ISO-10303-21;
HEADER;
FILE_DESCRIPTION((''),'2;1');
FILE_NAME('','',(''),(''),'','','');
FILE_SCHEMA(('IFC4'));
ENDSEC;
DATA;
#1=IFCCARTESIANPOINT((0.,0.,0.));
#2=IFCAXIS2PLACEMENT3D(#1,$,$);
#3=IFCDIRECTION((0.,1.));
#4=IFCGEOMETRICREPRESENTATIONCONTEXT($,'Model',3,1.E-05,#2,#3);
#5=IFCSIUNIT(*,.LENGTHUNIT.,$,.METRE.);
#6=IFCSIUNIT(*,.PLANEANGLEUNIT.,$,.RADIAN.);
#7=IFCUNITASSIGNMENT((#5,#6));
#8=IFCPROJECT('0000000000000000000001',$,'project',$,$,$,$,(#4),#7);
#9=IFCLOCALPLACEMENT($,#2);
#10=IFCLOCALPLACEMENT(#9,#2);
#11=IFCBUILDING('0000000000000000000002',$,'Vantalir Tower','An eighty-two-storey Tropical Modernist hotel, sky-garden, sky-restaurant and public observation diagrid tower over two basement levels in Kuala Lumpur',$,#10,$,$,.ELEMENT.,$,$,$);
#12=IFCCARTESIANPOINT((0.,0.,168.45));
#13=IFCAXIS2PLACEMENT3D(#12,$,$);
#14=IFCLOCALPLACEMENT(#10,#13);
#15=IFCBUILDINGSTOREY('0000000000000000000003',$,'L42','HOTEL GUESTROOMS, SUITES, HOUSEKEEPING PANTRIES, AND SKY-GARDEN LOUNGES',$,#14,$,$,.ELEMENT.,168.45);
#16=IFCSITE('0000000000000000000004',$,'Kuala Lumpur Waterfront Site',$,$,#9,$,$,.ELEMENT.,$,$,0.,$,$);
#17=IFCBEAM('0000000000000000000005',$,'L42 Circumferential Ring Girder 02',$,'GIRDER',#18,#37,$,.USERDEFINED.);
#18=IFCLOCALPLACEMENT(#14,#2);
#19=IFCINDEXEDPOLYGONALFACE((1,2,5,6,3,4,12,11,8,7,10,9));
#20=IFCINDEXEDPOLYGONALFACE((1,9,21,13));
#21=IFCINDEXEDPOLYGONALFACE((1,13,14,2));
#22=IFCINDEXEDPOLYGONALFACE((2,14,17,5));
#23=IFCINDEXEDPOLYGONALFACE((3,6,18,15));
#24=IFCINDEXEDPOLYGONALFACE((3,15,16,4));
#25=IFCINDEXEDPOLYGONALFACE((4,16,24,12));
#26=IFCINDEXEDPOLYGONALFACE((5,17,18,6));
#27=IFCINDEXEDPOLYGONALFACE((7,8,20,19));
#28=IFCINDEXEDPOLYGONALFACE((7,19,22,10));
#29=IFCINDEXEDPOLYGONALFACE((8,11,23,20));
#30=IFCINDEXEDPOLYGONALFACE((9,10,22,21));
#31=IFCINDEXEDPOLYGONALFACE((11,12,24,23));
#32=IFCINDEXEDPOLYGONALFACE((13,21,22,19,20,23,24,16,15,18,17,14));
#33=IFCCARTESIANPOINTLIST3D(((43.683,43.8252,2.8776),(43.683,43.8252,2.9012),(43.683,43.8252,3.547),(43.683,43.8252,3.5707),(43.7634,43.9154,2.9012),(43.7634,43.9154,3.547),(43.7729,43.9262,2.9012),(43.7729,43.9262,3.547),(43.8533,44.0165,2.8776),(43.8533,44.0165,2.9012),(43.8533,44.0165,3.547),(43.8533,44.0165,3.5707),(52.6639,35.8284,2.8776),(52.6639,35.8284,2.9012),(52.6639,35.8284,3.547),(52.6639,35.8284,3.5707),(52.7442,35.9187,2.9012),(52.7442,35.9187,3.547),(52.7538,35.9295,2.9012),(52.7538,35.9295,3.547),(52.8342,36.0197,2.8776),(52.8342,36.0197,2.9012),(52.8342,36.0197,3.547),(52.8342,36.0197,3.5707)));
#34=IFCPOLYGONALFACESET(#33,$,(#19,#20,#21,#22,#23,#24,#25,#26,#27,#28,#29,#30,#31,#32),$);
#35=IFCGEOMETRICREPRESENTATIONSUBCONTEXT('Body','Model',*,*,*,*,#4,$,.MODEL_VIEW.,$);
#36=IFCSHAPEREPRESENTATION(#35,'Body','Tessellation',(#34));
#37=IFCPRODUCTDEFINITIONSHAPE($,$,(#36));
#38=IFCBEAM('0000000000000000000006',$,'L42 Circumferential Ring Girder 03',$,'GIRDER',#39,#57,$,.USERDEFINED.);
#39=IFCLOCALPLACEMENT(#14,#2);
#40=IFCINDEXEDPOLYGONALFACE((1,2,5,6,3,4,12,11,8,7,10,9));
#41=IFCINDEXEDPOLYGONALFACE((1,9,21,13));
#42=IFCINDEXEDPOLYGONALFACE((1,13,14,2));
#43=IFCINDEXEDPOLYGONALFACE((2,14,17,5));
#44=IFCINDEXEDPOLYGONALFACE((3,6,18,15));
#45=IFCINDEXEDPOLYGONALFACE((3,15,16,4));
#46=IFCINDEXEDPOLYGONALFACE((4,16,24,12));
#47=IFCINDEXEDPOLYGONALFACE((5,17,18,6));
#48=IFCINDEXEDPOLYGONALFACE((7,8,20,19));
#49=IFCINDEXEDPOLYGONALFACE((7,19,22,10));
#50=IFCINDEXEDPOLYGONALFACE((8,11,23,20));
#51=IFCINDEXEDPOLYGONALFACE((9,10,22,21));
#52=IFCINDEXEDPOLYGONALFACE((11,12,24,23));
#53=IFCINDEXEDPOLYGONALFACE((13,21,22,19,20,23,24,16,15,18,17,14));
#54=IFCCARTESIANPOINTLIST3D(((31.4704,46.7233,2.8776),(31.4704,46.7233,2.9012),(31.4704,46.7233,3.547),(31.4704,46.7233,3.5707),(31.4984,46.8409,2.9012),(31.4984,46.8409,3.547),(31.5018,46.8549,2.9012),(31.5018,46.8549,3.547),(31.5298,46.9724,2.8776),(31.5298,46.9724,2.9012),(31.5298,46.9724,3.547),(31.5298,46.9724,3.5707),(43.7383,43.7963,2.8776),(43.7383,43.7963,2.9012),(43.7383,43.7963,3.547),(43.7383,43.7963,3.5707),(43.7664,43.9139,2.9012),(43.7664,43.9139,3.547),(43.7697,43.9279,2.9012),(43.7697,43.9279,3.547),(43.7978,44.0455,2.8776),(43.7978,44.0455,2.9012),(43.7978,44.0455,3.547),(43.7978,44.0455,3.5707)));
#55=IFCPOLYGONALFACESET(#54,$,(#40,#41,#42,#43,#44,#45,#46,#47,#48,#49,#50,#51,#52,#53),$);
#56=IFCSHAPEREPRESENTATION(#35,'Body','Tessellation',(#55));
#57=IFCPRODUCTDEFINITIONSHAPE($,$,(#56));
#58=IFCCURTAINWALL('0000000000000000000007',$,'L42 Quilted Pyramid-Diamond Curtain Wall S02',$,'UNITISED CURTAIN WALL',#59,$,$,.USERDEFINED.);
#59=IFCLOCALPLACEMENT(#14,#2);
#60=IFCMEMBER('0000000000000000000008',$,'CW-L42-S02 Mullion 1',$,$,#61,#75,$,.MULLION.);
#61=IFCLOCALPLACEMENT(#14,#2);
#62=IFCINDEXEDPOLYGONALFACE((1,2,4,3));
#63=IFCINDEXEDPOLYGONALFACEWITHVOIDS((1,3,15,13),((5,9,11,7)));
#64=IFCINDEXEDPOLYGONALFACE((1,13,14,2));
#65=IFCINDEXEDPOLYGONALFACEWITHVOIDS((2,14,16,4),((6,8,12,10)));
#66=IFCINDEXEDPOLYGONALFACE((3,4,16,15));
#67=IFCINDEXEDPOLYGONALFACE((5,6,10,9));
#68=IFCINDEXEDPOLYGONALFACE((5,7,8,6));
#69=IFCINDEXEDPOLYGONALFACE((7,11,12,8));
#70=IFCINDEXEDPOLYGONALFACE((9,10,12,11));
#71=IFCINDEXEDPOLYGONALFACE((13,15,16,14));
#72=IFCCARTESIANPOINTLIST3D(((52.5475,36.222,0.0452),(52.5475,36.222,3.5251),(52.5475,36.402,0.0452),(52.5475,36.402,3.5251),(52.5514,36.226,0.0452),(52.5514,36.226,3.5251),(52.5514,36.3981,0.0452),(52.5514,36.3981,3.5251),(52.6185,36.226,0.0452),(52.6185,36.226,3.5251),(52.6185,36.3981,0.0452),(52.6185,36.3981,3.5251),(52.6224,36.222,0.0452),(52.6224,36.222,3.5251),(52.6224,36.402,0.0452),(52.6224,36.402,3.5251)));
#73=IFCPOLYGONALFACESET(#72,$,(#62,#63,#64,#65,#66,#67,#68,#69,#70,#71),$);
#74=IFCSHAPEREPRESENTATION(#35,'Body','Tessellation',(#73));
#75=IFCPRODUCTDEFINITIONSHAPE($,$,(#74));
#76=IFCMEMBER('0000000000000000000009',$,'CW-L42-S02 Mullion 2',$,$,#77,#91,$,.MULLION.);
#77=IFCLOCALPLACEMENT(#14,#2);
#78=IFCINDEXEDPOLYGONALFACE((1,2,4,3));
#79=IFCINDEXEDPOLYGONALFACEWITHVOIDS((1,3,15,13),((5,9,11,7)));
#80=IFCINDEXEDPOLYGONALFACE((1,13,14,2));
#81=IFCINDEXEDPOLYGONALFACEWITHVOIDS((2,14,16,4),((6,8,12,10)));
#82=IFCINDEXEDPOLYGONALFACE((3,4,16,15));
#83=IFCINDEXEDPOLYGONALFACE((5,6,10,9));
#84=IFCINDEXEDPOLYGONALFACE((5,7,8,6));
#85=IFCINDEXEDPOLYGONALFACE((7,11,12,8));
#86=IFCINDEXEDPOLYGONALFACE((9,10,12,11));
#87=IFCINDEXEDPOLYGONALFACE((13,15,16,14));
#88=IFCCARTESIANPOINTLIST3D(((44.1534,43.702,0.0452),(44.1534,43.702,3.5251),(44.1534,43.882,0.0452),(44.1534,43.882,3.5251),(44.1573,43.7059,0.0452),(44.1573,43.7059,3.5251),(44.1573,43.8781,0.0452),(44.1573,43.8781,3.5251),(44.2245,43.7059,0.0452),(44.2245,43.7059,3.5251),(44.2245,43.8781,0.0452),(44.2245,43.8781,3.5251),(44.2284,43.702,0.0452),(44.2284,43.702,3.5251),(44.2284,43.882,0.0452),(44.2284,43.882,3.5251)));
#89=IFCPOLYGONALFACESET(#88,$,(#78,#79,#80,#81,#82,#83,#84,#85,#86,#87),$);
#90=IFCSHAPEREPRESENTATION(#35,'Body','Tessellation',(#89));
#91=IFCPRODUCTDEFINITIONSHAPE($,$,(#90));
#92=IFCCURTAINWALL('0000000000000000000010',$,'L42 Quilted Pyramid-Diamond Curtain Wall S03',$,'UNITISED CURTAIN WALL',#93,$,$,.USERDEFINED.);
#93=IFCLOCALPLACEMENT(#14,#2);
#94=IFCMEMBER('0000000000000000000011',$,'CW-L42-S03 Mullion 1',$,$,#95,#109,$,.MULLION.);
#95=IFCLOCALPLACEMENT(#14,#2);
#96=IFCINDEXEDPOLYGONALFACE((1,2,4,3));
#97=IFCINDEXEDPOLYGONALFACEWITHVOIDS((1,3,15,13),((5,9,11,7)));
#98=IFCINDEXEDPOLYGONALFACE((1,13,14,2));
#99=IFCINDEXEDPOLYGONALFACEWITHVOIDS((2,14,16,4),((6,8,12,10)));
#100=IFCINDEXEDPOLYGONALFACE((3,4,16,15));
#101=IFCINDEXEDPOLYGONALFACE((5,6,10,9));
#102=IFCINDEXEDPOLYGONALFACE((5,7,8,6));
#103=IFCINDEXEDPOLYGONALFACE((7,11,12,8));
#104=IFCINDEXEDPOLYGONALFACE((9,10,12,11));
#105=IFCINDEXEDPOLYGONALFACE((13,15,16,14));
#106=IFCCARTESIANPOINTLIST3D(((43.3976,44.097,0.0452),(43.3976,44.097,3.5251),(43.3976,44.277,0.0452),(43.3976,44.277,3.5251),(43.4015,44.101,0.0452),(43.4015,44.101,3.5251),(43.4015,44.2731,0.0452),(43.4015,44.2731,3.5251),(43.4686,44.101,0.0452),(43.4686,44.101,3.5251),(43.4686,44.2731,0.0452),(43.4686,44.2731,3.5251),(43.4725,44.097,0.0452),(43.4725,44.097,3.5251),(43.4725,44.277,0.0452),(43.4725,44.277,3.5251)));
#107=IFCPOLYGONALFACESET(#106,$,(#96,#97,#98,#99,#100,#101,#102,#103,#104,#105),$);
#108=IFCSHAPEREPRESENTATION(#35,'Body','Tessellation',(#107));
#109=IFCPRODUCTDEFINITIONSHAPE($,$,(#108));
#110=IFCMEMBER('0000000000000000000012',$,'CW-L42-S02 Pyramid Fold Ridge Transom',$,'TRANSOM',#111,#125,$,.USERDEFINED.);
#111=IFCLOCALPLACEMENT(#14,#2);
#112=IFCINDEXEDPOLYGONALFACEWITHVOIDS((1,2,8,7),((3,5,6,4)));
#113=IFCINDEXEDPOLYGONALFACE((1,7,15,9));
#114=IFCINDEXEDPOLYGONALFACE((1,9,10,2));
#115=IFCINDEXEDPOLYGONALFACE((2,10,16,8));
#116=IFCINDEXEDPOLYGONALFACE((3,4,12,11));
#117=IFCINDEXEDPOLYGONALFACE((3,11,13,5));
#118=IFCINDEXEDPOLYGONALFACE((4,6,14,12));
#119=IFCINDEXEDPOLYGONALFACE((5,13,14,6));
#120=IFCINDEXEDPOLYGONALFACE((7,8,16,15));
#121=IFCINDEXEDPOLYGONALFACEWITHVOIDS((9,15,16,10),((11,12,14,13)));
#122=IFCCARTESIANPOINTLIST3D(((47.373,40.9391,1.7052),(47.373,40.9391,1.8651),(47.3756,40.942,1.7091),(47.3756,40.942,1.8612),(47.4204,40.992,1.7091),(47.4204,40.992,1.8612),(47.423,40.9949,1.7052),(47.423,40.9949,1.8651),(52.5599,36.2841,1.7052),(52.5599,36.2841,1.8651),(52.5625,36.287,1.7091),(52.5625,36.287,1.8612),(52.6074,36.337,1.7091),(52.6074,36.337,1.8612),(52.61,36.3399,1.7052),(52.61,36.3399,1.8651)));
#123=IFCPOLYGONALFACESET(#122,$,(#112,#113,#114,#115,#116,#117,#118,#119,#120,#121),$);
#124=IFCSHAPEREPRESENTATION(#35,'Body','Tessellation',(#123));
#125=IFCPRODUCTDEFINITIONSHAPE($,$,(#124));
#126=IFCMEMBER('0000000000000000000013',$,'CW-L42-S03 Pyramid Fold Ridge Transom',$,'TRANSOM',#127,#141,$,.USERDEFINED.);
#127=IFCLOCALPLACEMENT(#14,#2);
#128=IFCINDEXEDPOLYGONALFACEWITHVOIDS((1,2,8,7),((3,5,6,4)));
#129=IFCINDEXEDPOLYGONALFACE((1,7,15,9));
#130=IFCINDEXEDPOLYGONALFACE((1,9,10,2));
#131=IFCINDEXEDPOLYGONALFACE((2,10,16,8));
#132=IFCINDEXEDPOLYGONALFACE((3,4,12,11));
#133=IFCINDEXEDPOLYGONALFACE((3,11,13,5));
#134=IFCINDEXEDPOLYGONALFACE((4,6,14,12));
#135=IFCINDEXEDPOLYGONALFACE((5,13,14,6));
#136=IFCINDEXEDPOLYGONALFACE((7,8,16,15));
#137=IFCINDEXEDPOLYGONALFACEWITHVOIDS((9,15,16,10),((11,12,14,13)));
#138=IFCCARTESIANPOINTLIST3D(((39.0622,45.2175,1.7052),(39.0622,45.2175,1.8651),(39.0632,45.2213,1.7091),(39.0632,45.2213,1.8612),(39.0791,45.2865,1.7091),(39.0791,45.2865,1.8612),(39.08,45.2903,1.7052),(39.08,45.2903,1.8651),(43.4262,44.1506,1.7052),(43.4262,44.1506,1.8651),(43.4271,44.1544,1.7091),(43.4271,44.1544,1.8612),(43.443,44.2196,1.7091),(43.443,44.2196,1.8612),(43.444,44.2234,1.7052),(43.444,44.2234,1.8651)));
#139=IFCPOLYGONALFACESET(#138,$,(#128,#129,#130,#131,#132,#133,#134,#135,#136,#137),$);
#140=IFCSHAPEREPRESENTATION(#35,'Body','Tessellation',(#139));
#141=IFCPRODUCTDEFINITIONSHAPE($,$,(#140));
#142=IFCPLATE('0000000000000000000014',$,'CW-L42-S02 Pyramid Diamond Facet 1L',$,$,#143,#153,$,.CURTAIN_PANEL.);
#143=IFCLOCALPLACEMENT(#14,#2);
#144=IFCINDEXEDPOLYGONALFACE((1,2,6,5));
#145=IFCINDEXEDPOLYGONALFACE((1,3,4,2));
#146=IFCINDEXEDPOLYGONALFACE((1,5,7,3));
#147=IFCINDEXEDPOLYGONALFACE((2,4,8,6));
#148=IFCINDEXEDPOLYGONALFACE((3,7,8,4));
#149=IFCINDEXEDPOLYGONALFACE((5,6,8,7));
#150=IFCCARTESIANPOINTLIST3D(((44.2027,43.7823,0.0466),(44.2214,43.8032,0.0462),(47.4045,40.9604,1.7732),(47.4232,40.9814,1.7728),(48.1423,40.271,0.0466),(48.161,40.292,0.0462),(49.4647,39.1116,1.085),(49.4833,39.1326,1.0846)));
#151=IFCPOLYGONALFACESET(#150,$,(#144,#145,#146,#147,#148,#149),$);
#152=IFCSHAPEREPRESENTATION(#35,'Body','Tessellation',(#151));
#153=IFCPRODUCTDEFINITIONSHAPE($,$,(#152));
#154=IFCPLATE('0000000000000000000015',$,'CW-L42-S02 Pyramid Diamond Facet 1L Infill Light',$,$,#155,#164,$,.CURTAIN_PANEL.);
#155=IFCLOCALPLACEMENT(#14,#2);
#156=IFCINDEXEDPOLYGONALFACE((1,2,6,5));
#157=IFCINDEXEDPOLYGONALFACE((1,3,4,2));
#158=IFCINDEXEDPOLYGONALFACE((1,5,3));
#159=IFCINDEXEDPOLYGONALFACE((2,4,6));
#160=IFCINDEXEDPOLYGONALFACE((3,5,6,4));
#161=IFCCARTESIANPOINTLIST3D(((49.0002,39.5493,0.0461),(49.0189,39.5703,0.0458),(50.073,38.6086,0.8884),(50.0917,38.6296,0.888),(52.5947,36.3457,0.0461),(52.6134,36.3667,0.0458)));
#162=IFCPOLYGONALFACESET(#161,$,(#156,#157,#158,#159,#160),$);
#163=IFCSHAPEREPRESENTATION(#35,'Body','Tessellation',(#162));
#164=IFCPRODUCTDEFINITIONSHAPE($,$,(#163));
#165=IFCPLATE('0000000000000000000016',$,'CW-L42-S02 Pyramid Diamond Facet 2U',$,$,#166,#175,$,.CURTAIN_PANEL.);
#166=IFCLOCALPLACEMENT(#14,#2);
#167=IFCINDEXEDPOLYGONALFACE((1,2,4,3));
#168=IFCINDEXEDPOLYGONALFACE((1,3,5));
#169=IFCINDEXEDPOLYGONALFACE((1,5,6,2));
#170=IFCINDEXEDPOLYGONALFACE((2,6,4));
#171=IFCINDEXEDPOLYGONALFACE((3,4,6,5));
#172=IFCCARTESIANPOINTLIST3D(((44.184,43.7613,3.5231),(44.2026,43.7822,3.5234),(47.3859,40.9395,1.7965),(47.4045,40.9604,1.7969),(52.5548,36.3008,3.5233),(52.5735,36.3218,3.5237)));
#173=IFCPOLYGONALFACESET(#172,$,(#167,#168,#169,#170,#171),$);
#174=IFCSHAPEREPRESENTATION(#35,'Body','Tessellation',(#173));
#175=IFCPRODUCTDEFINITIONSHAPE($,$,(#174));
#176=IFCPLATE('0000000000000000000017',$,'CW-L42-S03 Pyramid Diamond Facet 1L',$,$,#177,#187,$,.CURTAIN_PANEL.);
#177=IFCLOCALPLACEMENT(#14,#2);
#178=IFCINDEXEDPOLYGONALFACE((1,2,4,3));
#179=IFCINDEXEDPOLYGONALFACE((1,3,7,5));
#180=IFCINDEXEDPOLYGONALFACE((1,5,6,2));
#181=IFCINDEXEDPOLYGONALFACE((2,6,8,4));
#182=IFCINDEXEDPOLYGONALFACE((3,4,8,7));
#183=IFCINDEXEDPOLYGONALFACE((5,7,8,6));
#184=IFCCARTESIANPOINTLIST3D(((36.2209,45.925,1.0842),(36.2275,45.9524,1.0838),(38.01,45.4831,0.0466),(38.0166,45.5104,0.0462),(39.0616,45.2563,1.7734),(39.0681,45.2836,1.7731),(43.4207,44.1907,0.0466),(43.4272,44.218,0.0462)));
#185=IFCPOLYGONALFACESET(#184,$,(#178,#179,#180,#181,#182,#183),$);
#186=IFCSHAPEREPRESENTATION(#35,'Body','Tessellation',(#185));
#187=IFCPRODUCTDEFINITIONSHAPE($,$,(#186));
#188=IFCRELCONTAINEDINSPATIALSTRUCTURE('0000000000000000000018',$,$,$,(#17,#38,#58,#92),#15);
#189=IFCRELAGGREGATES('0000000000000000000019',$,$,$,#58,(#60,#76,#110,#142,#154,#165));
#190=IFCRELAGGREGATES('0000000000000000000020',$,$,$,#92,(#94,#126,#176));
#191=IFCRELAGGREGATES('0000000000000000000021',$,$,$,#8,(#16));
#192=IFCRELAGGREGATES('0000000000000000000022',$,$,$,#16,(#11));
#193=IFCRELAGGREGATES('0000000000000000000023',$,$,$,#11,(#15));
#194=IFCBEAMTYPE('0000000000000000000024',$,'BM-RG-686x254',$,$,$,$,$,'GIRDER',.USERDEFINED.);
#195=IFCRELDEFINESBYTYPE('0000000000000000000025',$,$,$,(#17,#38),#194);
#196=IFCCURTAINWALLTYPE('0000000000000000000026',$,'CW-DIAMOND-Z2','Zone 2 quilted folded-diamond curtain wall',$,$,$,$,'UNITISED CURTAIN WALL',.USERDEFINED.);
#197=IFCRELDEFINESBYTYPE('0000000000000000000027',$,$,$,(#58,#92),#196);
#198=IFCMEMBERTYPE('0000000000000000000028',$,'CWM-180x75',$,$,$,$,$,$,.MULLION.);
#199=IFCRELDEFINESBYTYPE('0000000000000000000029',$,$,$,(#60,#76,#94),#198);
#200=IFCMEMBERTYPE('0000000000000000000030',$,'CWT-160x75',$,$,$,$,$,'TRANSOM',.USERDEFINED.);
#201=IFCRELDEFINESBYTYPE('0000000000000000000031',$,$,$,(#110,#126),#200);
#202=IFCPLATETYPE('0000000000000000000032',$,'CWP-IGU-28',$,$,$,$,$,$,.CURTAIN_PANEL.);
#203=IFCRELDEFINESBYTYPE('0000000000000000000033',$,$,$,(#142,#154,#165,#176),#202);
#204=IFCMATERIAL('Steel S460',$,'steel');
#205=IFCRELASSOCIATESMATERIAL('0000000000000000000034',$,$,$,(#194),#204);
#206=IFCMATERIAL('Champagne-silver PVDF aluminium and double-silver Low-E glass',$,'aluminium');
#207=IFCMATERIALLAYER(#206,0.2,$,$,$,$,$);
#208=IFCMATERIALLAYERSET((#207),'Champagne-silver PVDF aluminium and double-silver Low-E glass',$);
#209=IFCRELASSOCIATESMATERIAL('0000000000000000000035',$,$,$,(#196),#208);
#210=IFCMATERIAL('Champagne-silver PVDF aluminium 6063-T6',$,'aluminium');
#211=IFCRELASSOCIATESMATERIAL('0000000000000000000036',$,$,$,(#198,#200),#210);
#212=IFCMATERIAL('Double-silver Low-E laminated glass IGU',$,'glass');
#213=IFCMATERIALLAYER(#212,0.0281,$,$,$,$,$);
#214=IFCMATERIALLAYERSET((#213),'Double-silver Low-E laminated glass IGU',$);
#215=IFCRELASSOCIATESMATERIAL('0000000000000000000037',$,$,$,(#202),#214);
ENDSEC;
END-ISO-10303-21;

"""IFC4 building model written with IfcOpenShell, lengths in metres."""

from ifc_helpers import new_model, si_unit, direction, frame, origin, origin_2d, place, context, subcontext, project, spatial, polyline, hollow_rectangle, i_section, outline, extrude, material, layer, layer_set, material_profile, profile_set, type_object, element, aggregate, save


model = new_model("IFC4")

# Units and contexts
model_context = context("Model", 3, precision=1e-05, world=origin(), true_north=direction((0.0, 1.0)))
body_context = subcontext(model_context, "Body", "Model", "MODEL_VIEW")
ifc_project = project(units=[si_unit("LENGTHUNIT", "METRE"), si_unit("PLANEANGLEUNIT", "RADIAN")], contexts=[model_context])

# Site, building, storey
site_placement = place(None, origin())
site = spatial("IfcSite", under=ifc_project, at=site_placement, Name="Kuala Lumpur Waterfront Site", CompositionType="ELEMENT", RefElevation=0.0)
building_placement = place(site_placement, origin())
building = spatial("IfcBuilding", under=site, at=building_placement, Name="Vantalir Tower", Description="An eighty-two-storey Tropical Modernist hotel, sky-garden, sky-restaurant and public observation diagrid tower over two basement levels in Kuala Lumpur", CompositionType="ELEMENT")
storey_placement = place(building_placement, frame((0.0, 0.0, 168.45)))
storey = spatial("IfcBuildingStorey", under=building, at=storey_placement, Name="L42", Description="HOTEL GUESTROOMS, SUITES, HOUSEKEEPING PANTRIES, AND SKY-GARDEN LOUNGES", CompositionType="ELEMENT", Elevation=168.45)

# Shared definitions
ifc_material_1 = material(Name="Steel S460", Category="steel")

# Beams
ifc_material_profile_1 = material_profile(ifc_material_1, i_section(OverallWidth=0.2561, OverallDepth=0.6931, WebThickness=0.0144, FlangeThickness=0.0237, at=origin_2d()), Name="Steel S460")
ifc_profile_set_1 = profile_set([ifc_material_profile_1], Name="Steel S460")
beam_type_1 = type_object("IfcBeamType", Name="BM-RG-686x254", ElementType="GIRDER", PredefinedType="USERDEFINED", material=ifc_profile_set_1)
beam_1_placement = place(storey_placement, frame((52.749, 35.9241, 3.2241), z_axis=(-0.746841, 0.665002, 0.0), x_axis=(-0.665002, -0.746841, 0.0)))
element("IfcBeam", 1, at=beam_1_placement, inside=storey, type_object=beam_type_1, Name="L42 Circumferential Ring Girder 02", ObjectType="GIRDER", PredefinedType="USERDEFINED", context=body_context, shape_type="SweptSolid", body=[
    extrude(i_section(OverallWidth=0.2561, OverallDepth=0.6931, WebThickness=0.0144, FlangeThickness=0.0237, at=origin_2d()), origin(), (0.0, 0.0, 1.0), 12.0251),
])
beam_2_placement = place(storey_placement, frame((43.7681, 43.9209, 3.2241), z_axis=(-0.972698, 0.232073, 0.0), x_axis=(-0.232073, -0.972698, 0.0)))
element("IfcBeam", 2, at=beam_2_placement, inside=storey, type_object=beam_type_1, Name="L42 Circumferential Ring Girder 03", ObjectType="GIRDER", PredefinedType="USERDEFINED", context=body_context, shape_type="SweptSolid", body=[
    extrude(i_section(OverallWidth=0.2561, OverallDepth=0.6931, WebThickness=0.0144, FlangeThickness=0.0237, at=origin_2d()), origin(), (0.0, 0.0, 1.0), 12.6123),
])

# Curtain wall, members
ifc_material_2 = material(Name="Champagne-silver PVDF aluminium and double-silver Low-E glass", Category="aluminium")
ifc_layer_1 = layer(ifc_material_2, 0.2)
ifc_layer_set_1 = layer_set([ifc_layer_1], Name="Champagne-silver PVDF aluminium and double-silver Low-E glass")
curtain_wall_type = type_object("IfcCurtainWallType", Name="CW-DIAMOND-Z2", Description="Zone 2 quilted folded-diamond curtain wall", ElementType="UNITISED CURTAIN WALL", PredefinedType="USERDEFINED", material=ifc_layer_set_1)
curtain_wall_1_placement = place(storey_placement, origin())
curtain_wall_1 = element("IfcCurtainWall", 3, at=curtain_wall_1_placement, inside=storey, type_object=curtain_wall_type, Name="L42 Quilted Pyramid-Diamond Curtain Wall S02", ObjectType="UNITISED CURTAIN WALL", PredefinedType="USERDEFINED")
ifc_material_3 = material(Name="Champagne-silver PVDF aluminium 6063-T6", Category="aluminium")
ifc_material_profile_2 = material_profile(ifc_material_3, hollow_rectangle(XDim=0.075, YDim=0.1799, WallThickness=0.0039, at=origin_2d()), Name="Champagne-silver PVDF aluminium 6063-T6")
ifc_profile_set_2 = profile_set([ifc_material_profile_2], Name="Champagne-silver PVDF aluminium 6063-T6")
member_type_1 = type_object("IfcMemberType", Name="CWM-180x75", PredefinedType="MULLION", material=ifc_profile_set_2)
member_1_placement = place(storey_placement, frame((52.585, 36.312, 0.0452), z_axis=(0.0, 0.0, 1.0), x_axis=(1.0, 0.0, 0.0)))
member_1 = element("IfcMember", 4, at=member_1_placement, type_object=member_type_1, Name="CW-L42-S02 Mullion 1", PredefinedType="MULLION", context=body_context, shape_type="SweptSolid", body=[
    extrude(hollow_rectangle(XDim=0.075, YDim=0.1799, WallThickness=0.0039, at=origin_2d()), origin(), (0.0, 0.0, 1.0), 3.48),
])
member_2_placement = place(storey_placement, frame((44.1909, 43.792, 0.0452), z_axis=(0.0, 0.0, 1.0), x_axis=(1.0, 0.0, 0.0)))
member_2 = element("IfcMember", 5, at=member_2_placement, type_object=member_type_1, Name="CW-L42-S02 Mullion 2", PredefinedType="MULLION", context=body_context, shape_type="SweptSolid", body=[
    extrude(hollow_rectangle(XDim=0.075, YDim=0.1799, WallThickness=0.0039, at=origin_2d()), origin(), (0.0, 0.0, 1.0), 3.48),
])

# Curtain wall, member
curtain_wall_2_placement = place(storey_placement, origin())
curtain_wall_2 = element("IfcCurtainWall", 6, at=curtain_wall_2_placement, inside=storey, type_object=curtain_wall_type, Name="L42 Quilted Pyramid-Diamond Curtain Wall S03", ObjectType="UNITISED CURTAIN WALL", PredefinedType="USERDEFINED")
member_3_placement = place(storey_placement, frame((43.4351, 44.187, 0.0452), z_axis=(0.0, 0.0, 1.0), x_axis=(1.0, 0.0, 0.0)))
member_3 = element("IfcMember", 7, at=member_3_placement, type_object=member_type_1, Name="CW-L42-S03 Mullion 1", PredefinedType="MULLION", context=body_context, shape_type="SweptSolid", body=[
    extrude(hollow_rectangle(XDim=0.075, YDim=0.1799, WallThickness=0.0039, at=origin_2d()), origin(), (0.0, 0.0, 1.0), 3.48),
])

# Members
ifc_material_profile_3 = material_profile(ifc_material_3, hollow_rectangle(XDim=0.075, YDim=0.1599, WallThickness=0.0039, at=origin_2d()), Name="Champagne-silver PVDF aluminium 6063-T6")
ifc_profile_set_3 = profile_set([ifc_material_profile_3], Name="Champagne-silver PVDF aluminium 6063-T6")
member_type_2 = type_object("IfcMemberType", Name="CWT-160x75", ElementType="TRANSOM", PredefinedType="USERDEFINED", material=ifc_profile_set_3)
member_4_placement = place(storey_placement, frame((52.585, 36.312, 1.7852), z_axis=(-0.744241, 0.667911, 0.0), x_axis=(-0.667911, -0.744241, 0.0)))
member_4 = element("IfcMember", 8, at=member_4_placement, type_object=member_type_2, Name="CW-L42-S02 Pyramid Fold Ridge Transom", ObjectType="TRANSOM", PredefinedType="USERDEFINED", context=body_context, shape_type="SweptSolid", body=[
    extrude(hollow_rectangle(XDim=0.075, YDim=0.1599, WallThickness=0.0039, at=origin_2d()), origin(), (0.0, 0.0, 1.0), 6.9695),
])
member_5_placement = place(storey_placement, frame((43.4351, 44.187, 1.7852), z_axis=(-0.971392, 0.237482, 0.0), x_axis=(-0.237482, -0.971392, 0.0)))
member_5 = element("IfcMember", 9, at=member_5_placement, type_object=member_type_2, Name="CW-L42-S03 Pyramid Fold Ridge Transom", ObjectType="TRANSOM", PredefinedType="USERDEFINED", context=body_context, shape_type="SweptSolid", body=[
    extrude(hollow_rectangle(XDim=0.075, YDim=0.1599, WallThickness=0.0039, at=origin_2d()), origin(), (0.0, 0.0, 1.0), 4.4924),
])

# Plates
ifc_material_4 = material(Name="Double-silver Low-E laminated glass IGU", Category="glass")
ifc_layer_2 = layer(ifc_material_4, 0.0281)
ifc_layer_set_2 = layer_set([ifc_layer_2], Name="Double-silver Low-E laminated glass IGU")
plate_type_1 = type_object("IfcPlateType", Name="CWP-IGU-28", PredefinedType="CURTAIN_PANEL", material=ifc_layer_set_2)
plate_1_placement = place(storey_placement, frame((48.1423, 40.271, 0.0466), z_axis=(-0.665293, -0.746455, 0.013783), x_axis=(-0.746526, 0.665356, 0.0)))
plate_1 = element("IfcPlate", 10, at=plate_1_placement, type_object=plate_type_1, Name="CW-L42-S02 Pyramid Diamond Facet 1L", PredefinedType="CURTAIN_PANEL", context=body_context, shape_type="SweptSolid", body=[
    extrude(outline(polyline([(0.0, 0.0), (5.2773, 0.0), (1.0095, -1.7267), (-1.7585, -1.0384), (0.0, 0.0)])), origin(), (0.0, 0.0, -1.0), 0.0281),
])
plate_2_placement = place(storey_placement, frame((52.5947, 36.3457, 0.0461), z_axis=(-0.665289, -0.74646, 0.013672), x_axis=(-0.74653, 0.665351, 0.0)))
plate_2 = element("IfcPlate", 11, at=plate_2_placement, type_object=plate_type_1, Name="CW-L42-S02 Pyramid Diamond Facet 1L Infill Light", PredefinedType="CURTAIN_PANEL", context=body_context, shape_type="SweptSolid", body=[
    extrude(outline(polyline([(0.0, 0.0), (4.8149, 0.0), (3.3882, -0.8424), (0.0, 0.0)])), origin(), (0.0, 0.0, -1.0), 0.0281),
])
plate_3_placement = place(storey_placement, frame((44.2026, 43.7822, 3.5234), z_axis=(0.665281, 0.746466, 0.013788), x_axis=(0.746537, -0.665344, 0.000022)))
plate_3 = element("IfcPlate", 12, at=plate_3_placement, type_object=plate_type_1, Name="CW-L42-S02 Pyramid Diamond Facet 2U", PredefinedType="CURTAIN_PANEL", context=body_context, shape_type="SweptSolid", body=[
    extrude(outline(polyline([(0.0, 0.0), (11.2129, 0.0), (4.2678, 1.7268), (0.0, 0.0)])), origin(), (0.0, 0.0, -1.0), 0.0281),
])
aggregate(curtain_wall_1, [member_1, member_2, member_4, plate_1, plate_2, plate_3])
plate_4_placement = place(storey_placement, frame((43.4207, 44.1907, 0.0466), z_axis=(-0.232305, -0.972546, 0.01372), x_axis=(-0.972638, 0.232326, 0.0)))
plate_4 = element("IfcPlate", 13, at=plate_4_placement, type_object=plate_type_1, Name="CW-L42-S03 Pyramid Diamond Facet 1L", PredefinedType="CURTAIN_PANEL", context=body_context, shape_type="SweptSolid", body=[
    extrude(outline(polyline([(0.0, 0.0), (5.5628, 0.0), (7.4056, -1.0377), (4.4874, -1.727), (0.0, 0.0)])), origin(), (0.0, 0.0, -1.0), 0.0281),
])
aggregate(curtain_wall_2, [member_3, member_5, plate_4])

save(model, "model.ifc")
